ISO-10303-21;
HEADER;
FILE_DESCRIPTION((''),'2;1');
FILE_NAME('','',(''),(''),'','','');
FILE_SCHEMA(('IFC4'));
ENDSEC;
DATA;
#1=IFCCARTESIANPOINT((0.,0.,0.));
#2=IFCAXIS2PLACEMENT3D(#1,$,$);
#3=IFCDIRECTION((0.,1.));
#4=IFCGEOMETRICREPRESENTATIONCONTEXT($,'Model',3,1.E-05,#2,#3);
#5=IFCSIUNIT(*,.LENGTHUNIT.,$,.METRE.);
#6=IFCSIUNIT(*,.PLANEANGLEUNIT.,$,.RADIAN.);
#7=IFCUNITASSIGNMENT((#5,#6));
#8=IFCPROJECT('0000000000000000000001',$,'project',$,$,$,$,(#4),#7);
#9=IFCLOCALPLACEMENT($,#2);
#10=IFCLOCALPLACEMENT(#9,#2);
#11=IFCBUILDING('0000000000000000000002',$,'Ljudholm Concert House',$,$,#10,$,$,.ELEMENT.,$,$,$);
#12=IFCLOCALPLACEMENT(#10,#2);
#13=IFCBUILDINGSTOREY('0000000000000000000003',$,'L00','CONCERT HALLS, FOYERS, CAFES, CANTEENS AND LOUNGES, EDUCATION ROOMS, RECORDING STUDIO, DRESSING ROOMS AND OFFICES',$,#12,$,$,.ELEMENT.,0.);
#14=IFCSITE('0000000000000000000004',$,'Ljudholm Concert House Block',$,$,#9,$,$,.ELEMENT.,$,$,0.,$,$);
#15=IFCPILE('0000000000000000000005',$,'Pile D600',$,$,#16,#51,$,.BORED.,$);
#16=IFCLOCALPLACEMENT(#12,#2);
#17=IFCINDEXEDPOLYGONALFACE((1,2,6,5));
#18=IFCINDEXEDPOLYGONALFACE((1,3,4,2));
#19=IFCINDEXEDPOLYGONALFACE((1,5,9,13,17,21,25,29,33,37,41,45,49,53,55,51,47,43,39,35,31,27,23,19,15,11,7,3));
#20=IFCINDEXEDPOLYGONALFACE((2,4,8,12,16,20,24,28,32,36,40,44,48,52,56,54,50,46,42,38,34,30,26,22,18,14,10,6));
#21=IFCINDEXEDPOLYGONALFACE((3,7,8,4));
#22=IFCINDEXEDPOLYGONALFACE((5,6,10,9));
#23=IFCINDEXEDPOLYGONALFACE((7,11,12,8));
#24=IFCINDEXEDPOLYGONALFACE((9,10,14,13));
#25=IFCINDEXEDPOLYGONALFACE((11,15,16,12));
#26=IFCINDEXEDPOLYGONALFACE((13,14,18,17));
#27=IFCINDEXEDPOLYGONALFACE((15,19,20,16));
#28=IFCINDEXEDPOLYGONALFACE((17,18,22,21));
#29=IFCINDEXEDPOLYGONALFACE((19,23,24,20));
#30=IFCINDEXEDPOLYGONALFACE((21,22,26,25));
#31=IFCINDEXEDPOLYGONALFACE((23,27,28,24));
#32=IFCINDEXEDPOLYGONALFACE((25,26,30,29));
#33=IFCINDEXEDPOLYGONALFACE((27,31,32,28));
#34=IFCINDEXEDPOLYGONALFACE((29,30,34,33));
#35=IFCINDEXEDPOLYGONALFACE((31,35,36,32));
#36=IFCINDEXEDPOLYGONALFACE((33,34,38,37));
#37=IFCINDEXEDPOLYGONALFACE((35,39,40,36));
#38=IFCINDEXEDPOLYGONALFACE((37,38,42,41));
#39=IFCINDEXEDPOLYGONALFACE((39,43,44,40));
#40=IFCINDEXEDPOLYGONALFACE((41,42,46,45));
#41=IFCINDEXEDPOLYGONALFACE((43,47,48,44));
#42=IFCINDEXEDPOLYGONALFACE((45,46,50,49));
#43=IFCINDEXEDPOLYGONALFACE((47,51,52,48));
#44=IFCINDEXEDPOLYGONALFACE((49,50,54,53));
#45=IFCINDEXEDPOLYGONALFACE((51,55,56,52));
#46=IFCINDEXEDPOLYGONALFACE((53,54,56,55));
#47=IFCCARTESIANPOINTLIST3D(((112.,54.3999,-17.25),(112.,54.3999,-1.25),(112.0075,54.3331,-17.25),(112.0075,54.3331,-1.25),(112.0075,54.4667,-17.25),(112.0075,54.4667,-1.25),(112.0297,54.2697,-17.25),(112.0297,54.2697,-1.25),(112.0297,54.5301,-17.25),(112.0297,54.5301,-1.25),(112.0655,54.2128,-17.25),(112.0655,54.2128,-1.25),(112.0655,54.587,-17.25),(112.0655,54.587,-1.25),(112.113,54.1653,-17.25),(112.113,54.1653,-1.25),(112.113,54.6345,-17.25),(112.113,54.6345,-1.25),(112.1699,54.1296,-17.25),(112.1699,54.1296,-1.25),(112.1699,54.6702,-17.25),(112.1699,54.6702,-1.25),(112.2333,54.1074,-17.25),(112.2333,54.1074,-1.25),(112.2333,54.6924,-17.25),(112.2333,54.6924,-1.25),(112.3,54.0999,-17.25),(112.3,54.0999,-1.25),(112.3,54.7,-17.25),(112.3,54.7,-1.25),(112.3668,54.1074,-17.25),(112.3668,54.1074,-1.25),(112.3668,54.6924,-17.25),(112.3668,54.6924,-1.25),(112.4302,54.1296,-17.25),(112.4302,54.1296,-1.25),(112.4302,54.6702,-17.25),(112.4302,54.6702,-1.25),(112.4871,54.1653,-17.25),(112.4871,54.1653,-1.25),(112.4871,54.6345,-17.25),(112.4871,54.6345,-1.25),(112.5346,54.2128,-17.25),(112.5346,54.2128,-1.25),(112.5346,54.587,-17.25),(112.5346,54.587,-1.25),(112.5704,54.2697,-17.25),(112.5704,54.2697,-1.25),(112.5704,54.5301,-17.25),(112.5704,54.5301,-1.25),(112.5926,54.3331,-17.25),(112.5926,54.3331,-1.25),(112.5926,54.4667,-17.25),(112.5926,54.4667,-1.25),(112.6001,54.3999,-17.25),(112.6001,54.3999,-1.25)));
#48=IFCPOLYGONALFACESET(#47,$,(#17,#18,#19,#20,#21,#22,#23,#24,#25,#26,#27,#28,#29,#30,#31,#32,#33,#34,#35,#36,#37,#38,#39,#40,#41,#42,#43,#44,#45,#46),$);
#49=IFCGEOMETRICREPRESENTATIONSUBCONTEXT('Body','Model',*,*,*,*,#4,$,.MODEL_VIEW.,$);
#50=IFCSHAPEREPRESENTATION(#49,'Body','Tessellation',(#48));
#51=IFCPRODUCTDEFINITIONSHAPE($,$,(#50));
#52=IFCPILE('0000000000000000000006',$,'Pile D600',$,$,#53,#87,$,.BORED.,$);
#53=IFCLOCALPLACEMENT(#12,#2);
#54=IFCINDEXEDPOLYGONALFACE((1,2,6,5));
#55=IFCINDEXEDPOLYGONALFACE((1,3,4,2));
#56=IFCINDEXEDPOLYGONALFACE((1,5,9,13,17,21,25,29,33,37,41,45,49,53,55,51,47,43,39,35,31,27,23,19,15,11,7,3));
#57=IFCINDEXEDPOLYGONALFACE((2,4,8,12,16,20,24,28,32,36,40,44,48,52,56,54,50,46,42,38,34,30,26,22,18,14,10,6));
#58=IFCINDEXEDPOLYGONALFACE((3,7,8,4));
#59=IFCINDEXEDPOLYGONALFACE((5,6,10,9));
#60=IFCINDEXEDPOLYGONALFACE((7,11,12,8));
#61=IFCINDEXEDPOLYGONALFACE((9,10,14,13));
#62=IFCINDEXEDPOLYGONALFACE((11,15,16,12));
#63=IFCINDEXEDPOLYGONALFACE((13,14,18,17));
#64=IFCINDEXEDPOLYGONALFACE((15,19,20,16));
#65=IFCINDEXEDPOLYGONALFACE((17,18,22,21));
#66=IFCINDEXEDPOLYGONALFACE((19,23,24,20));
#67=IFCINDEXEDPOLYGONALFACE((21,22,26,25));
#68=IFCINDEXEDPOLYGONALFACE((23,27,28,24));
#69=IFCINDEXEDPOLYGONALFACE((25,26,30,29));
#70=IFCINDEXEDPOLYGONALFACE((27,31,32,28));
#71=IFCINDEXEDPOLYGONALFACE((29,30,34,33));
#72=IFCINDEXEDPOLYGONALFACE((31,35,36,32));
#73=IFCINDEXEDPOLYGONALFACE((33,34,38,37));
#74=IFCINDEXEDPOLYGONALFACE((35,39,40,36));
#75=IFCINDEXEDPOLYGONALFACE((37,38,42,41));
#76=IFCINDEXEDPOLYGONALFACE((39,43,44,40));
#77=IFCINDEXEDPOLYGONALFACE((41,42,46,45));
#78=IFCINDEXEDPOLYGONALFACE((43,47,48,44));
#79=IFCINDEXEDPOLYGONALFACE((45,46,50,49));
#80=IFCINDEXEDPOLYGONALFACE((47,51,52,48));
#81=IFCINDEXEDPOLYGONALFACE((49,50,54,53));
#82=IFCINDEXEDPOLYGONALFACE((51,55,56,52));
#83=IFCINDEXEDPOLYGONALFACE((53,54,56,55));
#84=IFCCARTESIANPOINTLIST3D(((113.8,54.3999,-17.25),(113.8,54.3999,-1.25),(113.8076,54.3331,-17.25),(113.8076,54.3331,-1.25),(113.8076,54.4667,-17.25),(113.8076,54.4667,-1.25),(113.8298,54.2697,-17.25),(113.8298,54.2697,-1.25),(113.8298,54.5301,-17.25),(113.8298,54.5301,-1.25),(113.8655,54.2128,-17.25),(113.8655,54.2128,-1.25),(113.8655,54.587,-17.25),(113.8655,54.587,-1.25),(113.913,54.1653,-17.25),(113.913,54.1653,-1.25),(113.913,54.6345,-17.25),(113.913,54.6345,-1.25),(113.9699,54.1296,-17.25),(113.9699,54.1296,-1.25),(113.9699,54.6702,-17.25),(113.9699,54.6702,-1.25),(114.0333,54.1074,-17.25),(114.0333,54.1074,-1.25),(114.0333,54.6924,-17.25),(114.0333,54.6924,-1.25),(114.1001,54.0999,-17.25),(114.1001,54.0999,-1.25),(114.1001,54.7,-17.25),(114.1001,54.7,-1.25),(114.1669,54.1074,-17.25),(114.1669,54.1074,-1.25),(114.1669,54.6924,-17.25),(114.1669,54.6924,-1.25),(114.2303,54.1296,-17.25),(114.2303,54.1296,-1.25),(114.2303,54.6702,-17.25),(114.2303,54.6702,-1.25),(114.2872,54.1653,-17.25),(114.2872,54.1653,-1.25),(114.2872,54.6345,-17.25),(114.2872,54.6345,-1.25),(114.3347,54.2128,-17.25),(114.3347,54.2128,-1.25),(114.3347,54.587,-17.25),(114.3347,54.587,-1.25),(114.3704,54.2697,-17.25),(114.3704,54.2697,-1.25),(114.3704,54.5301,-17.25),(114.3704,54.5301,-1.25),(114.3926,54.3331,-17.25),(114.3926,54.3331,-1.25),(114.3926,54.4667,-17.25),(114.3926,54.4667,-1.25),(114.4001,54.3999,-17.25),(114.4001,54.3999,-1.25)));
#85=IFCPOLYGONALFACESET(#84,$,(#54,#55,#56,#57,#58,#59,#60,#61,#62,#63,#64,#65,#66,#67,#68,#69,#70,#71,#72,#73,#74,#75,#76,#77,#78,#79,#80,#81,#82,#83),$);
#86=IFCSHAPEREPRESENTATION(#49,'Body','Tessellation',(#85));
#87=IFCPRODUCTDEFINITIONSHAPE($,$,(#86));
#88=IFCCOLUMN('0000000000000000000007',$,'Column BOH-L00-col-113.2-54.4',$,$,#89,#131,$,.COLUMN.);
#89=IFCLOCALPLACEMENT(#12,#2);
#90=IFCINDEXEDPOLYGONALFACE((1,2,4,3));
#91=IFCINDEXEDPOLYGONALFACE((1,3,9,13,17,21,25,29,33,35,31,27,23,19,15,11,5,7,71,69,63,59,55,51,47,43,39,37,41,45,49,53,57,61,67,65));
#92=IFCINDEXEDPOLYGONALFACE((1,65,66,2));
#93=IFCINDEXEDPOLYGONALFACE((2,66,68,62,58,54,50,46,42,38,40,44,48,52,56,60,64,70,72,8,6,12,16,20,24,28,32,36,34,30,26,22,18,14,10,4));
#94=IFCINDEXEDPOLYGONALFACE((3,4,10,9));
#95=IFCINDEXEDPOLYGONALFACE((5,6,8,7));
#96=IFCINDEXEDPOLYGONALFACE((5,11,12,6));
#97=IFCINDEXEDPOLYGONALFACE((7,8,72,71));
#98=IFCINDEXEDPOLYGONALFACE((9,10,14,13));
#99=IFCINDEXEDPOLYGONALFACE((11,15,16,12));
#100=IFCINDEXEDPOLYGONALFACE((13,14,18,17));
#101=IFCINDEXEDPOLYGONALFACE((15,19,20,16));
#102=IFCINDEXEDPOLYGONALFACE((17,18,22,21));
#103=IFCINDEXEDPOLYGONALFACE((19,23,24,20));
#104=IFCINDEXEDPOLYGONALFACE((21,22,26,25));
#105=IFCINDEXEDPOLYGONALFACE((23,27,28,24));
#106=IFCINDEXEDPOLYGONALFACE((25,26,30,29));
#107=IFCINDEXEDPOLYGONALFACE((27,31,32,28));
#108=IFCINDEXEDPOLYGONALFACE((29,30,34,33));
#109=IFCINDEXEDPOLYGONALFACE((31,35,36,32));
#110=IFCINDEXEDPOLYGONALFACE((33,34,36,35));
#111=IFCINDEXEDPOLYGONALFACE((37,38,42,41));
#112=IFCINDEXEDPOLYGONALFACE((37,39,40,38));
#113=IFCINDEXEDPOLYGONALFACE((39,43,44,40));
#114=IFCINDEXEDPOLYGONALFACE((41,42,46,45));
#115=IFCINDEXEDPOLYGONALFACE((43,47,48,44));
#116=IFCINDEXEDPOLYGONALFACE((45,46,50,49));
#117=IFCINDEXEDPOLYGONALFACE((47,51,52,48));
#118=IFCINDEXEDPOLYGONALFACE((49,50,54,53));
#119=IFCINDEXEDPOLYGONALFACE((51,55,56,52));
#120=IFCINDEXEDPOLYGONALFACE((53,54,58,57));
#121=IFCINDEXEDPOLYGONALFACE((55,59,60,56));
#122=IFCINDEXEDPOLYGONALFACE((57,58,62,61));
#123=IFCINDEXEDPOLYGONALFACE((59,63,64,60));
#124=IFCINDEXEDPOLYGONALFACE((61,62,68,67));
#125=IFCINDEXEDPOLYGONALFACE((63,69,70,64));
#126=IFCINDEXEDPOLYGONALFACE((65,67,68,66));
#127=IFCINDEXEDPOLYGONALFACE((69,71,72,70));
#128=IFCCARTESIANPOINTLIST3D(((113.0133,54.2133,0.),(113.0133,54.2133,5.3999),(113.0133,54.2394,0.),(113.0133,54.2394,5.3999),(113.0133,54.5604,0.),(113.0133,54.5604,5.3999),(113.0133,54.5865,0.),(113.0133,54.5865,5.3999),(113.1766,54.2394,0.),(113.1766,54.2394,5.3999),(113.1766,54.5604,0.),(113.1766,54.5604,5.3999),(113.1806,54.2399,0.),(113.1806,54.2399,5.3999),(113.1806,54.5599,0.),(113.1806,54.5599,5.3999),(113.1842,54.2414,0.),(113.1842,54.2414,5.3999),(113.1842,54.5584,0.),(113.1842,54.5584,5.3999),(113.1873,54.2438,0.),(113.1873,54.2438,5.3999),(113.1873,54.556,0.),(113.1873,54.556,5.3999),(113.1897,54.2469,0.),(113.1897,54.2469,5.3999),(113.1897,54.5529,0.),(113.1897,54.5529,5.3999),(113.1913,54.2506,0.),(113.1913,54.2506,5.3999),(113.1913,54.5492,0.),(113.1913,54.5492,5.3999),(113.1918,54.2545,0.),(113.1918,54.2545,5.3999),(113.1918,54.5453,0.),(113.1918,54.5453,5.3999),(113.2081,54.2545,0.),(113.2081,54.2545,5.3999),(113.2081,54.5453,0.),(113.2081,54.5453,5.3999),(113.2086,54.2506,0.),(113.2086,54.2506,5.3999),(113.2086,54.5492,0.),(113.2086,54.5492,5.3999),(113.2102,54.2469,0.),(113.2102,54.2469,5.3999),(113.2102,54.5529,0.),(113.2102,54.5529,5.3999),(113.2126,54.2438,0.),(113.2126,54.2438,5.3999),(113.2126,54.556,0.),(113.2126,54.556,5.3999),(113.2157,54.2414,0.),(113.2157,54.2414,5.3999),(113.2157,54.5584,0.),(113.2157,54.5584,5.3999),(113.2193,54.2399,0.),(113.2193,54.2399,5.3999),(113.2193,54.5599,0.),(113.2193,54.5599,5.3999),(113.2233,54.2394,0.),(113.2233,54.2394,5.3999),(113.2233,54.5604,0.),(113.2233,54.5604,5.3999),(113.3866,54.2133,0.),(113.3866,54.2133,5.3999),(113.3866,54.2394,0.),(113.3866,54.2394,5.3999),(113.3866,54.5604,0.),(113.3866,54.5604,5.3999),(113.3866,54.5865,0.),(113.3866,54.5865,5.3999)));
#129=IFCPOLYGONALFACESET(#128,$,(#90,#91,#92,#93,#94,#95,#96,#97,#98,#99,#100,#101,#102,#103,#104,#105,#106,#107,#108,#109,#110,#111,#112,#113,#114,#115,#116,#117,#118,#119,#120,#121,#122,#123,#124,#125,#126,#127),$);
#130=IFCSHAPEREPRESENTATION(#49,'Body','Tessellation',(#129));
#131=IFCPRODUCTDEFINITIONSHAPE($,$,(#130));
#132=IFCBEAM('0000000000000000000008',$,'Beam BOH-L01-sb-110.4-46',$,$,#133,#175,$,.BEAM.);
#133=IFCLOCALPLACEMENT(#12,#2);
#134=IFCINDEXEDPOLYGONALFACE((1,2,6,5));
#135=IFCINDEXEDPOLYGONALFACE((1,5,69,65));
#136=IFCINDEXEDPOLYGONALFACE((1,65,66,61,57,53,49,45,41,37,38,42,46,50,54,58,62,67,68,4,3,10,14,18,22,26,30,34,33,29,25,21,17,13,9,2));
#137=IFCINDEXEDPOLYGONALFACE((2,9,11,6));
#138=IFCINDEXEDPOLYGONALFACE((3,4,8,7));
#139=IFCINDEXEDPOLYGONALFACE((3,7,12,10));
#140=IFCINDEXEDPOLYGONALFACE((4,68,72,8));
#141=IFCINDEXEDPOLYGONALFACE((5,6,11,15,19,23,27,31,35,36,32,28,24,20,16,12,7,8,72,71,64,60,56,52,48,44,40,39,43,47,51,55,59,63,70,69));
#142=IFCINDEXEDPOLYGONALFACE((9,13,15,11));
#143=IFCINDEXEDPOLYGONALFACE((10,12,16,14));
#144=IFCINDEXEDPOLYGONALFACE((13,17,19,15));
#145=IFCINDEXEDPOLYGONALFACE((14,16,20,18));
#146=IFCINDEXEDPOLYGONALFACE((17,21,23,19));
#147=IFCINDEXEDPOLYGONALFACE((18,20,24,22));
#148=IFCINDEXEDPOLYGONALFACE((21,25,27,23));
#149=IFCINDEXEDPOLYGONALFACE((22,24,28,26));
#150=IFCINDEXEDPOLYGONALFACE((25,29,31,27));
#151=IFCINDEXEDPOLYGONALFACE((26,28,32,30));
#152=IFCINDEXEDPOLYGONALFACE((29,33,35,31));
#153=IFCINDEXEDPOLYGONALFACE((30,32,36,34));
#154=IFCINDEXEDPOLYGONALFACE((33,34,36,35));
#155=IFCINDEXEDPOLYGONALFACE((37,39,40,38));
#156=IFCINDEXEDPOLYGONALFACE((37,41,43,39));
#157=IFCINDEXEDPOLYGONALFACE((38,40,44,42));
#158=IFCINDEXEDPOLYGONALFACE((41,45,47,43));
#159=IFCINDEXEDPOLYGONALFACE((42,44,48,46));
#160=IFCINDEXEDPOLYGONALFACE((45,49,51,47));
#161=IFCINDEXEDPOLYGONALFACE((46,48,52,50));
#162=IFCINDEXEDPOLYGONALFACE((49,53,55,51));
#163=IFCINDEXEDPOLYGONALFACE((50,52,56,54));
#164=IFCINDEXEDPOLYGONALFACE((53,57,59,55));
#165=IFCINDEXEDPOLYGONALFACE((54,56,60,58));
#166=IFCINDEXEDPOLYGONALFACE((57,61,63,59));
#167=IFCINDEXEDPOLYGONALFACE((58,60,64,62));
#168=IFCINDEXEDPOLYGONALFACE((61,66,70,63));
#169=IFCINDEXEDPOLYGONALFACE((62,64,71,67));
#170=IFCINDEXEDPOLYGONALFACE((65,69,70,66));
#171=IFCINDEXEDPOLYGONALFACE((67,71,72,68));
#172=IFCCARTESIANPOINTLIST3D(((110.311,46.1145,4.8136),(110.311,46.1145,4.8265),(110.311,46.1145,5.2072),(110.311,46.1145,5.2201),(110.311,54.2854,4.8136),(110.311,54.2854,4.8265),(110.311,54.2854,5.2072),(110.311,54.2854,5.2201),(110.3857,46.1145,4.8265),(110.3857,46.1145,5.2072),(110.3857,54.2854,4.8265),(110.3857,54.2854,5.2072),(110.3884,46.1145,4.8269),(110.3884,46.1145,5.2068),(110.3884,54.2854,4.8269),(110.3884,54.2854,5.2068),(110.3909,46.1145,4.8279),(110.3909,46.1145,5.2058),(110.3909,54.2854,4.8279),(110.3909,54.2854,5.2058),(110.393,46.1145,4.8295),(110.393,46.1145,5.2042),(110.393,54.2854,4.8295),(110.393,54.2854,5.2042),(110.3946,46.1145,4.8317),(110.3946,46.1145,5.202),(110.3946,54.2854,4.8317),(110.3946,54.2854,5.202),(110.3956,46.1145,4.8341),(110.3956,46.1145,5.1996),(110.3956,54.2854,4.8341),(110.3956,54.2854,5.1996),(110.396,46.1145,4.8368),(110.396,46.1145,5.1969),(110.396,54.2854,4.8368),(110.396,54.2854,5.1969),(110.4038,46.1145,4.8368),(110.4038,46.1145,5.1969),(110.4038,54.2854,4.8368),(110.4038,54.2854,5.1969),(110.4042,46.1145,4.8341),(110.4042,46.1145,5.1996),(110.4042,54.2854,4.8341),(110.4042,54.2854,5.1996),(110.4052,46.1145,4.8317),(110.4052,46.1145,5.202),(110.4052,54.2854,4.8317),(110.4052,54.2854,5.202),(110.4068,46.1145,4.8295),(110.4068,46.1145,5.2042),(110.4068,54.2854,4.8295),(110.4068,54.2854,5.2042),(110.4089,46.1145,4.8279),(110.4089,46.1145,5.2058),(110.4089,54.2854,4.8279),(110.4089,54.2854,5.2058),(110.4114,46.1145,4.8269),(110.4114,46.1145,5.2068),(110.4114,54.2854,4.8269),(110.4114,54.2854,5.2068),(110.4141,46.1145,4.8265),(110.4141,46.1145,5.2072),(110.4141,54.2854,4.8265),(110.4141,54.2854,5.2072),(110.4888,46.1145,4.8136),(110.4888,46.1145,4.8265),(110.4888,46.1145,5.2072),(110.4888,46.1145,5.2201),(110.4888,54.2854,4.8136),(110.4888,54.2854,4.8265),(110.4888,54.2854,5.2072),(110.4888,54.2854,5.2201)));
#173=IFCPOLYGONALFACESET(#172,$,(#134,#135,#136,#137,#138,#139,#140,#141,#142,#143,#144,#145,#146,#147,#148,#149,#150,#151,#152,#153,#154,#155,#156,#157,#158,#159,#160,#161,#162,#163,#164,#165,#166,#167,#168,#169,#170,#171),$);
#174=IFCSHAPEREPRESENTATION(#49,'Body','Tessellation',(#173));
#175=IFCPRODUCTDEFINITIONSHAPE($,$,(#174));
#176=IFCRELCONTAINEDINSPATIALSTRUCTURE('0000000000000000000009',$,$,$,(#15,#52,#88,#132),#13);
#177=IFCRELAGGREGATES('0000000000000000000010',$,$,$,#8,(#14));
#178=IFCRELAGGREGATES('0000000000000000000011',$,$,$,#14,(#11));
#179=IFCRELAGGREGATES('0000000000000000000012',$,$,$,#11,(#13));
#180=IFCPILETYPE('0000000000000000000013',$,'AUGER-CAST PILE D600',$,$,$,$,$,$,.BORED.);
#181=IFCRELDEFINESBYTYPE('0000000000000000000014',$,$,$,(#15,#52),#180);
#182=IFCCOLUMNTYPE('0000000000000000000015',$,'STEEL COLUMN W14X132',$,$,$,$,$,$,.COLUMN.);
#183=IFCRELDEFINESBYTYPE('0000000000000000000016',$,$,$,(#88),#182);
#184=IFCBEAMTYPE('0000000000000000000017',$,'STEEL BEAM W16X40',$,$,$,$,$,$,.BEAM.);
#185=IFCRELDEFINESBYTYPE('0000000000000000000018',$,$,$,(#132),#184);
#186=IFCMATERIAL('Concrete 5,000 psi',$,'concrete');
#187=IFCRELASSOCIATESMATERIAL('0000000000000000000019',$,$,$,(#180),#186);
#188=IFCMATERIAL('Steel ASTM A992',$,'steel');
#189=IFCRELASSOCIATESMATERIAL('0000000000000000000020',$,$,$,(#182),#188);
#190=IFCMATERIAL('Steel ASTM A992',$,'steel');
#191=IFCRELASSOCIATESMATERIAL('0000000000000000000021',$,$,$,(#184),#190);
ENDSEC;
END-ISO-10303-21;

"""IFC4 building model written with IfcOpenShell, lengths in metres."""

from ifc_helpers import new_model, si_unit, direction, frame, origin, origin_2d, place, context, subcontext, project, spatial, circle, i_section, extrude, material, material_profile, profile_set, type_object, element, save


model = new_model("IFC4")

# Units and contexts
model_context = context("Model", 3, precision=1e-05, world=origin(), true_north=direction((0.0, 1.0)))
body_context = subcontext(model_context, "Body", "Model", "MODEL_VIEW")
ifc_project = project(units=[si_unit("LENGTHUNIT", "METRE"), si_unit("PLANEANGLEUNIT", "RADIAN")], contexts=[model_context])

# Site, building, storey
site_placement = place(None, origin())
site = spatial("IfcSite", under=ifc_project, at=site_placement, Name="Ljudholm Concert House Block", CompositionType="ELEMENT", RefElevation=0.0)
building_placement = place(site_placement, origin())
building = spatial("IfcBuilding", under=site, at=building_placement, Name="Ljudholm Concert House", CompositionType="ELEMENT")
storey_placement = place(building_placement, origin())
storey = spatial("IfcBuildingStorey", under=building, at=storey_placement, Name="L00", Description="CONCERT HALLS, FOYERS, CAFES, CANTEENS AND LOUNGES, EDUCATION ROOMS, RECORDING STUDIO, DRESSING ROOMS AND OFFICES", CompositionType="ELEMENT", Elevation=0.0)

# Piles
ifc_material_1 = material(Name="Concrete 5,000 psi", Category="concrete")
ifc_material_profile_1 = material_profile(ifc_material_1, circle(Radius=0.3, at=origin_2d()), Name="AUGER-CAST PILE D600")
ifc_profile_set_1 = profile_set([ifc_material_profile_1], Name="Concrete 5,000 psi")
pile_type = type_object("IfcPileType", Name="AUGER-CAST PILE D600", PredefinedType="BORED", material=ifc_profile_set_1)
for number, where, z_axis, x_axis, name in (
    (1, (112.3, 54.3999, -1.25), (0.0, 0.0, -1.0), (1.0, 0.0, 0.0), "Pile D600"),
    (2, (114.1001, 54.3999, -1.25), (0.0, 0.0, -1.0), (1.0, 0.0, 0.0), "Pile D600"),
):
    element("IfcPile", number, at=place(storey_placement, frame(where, z_axis=z_axis, x_axis=x_axis)), inside=storey, type_object=pile_type, Name=name, PredefinedType="BORED", context=body_context, shape_type="SweptSolid", body=[
        extrude(circle(Radius=0.3, at=origin_2d()), origin(), (0.0, 0.0, 1.0), 16.0),
    ])

# Column
ifc_material_2 = material(Name="Steel ASTM A992", Category="steel")
ifc_material_profile_2 = material_profile(ifc_material_2, i_section(OverallWidth=0.3733, OverallDepth=0.3733, WebThickness=0.0164, FlangeThickness=0.0261, FilletRadius=0.0151, at=origin_2d()), Name="W14X132")
ifc_profile_set_2 = profile_set([ifc_material_profile_2], Name="Steel ASTM A992")
column_type = type_object("IfcColumnType", Name="STEEL COLUMN W14X132", PredefinedType="COLUMN", material=ifc_profile_set_2)
column_placement = place(storey_placement, frame((113.2, 54.3999, 0.0), z_axis=(0.0, 0.0, 1.0), x_axis=(1.0, 0.0, 0.0)))
element("IfcColumn", 3, at=column_placement, inside=storey, type_object=column_type, Name="Column BOH-L00-col-113.2-54.4", PredefinedType="COLUMN", context=body_context, shape_type="SweptSolid", body=[
    extrude(i_section(OverallWidth=0.3733, OverallDepth=0.3733, WebThickness=0.0164, FlangeThickness=0.0261, FilletRadius=0.0151, at=origin_2d()), origin(), (0.0, 0.0, 1.0), 5.3999),
])

# Beam
ifc_material_3 = material(Name="Steel ASTM A992", Category="steel")
ifc_material_profile_3 = material_profile(ifc_material_3, i_section(OverallWidth=0.1777, OverallDepth=0.4065, WebThickness=0.0078, FlangeThickness=0.0129, FilletRadius=0.0103, at=origin_2d()), Name="W16X40")
ifc_profile_set_3 = profile_set([ifc_material_profile_3], Name="Steel ASTM A992")
beam_type_1 = type_object("IfcBeamType", Name="STEEL BEAM W16X40", PredefinedType="BEAM", material=ifc_profile_set_3)
for number, where, z_axis, x_axis, name in (
    (4, (110.3999, 46.1145, 5.0168), (0.0, 1.0, 0.0), (-1.0, 0.0, 0.0), "Beam BOH-L01-sb-110.4-46"),
):
    element("IfcBeam", number, at=place(storey_placement, frame(where, z_axis=z_axis, x_axis=x_axis)), inside=storey, type_object=beam_type_1, Name=name, PredefinedType="BEAM", context=body_context, shape_type="SweptSolid", body=[
        extrude(i_section(OverallWidth=0.1777, OverallDepth=0.4065, WebThickness=0.0078, FlangeThickness=0.0129, FilletRadius=0.0103, at=origin_2d()), origin(), (0.0, 0.0, 1.0), 8.1709),
    ])

save(model, "model.ifc")
